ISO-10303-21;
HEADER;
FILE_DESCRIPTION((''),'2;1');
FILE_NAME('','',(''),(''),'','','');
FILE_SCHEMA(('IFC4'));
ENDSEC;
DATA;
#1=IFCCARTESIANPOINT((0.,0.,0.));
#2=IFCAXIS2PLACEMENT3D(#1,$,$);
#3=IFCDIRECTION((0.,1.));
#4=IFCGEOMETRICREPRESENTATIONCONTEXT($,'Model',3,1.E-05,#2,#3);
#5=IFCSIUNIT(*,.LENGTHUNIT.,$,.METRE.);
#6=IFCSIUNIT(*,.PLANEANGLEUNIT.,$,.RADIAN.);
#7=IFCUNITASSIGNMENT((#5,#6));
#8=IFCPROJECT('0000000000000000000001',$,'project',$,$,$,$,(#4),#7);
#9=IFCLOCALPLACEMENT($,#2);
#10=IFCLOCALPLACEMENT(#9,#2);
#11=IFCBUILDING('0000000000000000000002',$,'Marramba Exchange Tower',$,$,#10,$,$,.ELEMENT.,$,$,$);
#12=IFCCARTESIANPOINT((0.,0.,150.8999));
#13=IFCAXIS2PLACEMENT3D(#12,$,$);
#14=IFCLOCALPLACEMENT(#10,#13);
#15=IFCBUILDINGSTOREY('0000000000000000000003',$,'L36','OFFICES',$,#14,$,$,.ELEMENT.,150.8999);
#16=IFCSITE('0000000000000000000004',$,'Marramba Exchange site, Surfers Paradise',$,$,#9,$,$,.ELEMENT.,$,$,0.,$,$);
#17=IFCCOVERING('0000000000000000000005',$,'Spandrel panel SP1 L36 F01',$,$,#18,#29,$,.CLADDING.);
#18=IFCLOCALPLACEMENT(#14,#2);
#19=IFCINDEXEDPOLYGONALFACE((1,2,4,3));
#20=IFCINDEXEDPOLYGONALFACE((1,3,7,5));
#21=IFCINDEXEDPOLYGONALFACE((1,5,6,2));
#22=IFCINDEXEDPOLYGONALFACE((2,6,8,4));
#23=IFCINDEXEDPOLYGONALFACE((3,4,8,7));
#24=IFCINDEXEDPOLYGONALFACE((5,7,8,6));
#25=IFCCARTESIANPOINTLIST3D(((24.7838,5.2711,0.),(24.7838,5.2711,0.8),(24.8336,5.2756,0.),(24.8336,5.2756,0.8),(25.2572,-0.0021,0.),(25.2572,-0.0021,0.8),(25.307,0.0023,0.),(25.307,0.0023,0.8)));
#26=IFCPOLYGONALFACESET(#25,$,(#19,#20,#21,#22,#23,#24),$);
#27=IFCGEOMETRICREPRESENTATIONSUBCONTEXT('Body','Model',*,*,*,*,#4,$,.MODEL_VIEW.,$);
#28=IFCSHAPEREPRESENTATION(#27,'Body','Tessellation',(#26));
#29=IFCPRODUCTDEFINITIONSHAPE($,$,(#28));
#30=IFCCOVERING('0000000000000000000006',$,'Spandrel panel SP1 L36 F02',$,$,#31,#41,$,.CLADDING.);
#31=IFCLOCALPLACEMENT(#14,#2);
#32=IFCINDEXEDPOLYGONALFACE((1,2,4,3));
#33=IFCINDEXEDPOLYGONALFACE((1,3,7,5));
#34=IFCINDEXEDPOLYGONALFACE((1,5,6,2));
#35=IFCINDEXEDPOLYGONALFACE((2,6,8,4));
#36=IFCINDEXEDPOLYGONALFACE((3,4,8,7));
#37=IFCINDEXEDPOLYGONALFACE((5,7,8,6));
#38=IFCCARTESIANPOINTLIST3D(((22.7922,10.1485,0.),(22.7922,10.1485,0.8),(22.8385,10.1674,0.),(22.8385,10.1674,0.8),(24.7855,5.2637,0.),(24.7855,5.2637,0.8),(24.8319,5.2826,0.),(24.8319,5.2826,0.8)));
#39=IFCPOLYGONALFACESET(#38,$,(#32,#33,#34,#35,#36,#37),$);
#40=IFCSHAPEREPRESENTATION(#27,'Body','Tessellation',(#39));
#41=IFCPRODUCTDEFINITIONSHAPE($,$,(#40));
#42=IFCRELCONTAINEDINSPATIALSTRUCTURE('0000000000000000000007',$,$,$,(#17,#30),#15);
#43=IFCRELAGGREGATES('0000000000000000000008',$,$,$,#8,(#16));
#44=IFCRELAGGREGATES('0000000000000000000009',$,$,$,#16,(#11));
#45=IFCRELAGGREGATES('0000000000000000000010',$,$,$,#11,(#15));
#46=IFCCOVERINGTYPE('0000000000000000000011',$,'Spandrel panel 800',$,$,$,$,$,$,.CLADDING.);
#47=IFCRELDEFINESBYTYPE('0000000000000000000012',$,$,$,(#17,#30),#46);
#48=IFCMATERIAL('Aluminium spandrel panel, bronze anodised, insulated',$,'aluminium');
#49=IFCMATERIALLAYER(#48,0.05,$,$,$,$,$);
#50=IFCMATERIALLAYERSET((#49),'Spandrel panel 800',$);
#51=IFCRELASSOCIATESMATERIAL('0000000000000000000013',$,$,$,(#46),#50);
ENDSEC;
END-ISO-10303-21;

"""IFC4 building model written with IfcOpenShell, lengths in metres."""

from ifc_helpers import new_model, si_unit, direction, frame, origin, origin_2d, place, context, subcontext, project, spatial, rectangle, extrude, material, layer, layer_set, type_object, element, save


model = new_model("IFC4")

# Units and contexts
model_context = context("Model", 3, precision=1e-05, world=origin(), true_north=direction((0.0, 1.0)))
body_context = subcontext(model_context, "Body", "Model", "MODEL_VIEW")
ifc_project = project(units=[si_unit("LENGTHUNIT", "METRE"), si_unit("PLANEANGLEUNIT", "RADIAN")], contexts=[model_context])

# Site, building, storey
site_placement = place(None, origin())
site = spatial("IfcSite", under=ifc_project, at=site_placement, Name="Marramba Exchange site, Surfers Paradise", CompositionType="ELEMENT", RefElevation=0.0)
building_placement = place(site_placement, origin())
building = spatial("IfcBuilding", under=site, at=building_placement, Name="Marramba Exchange Tower", CompositionType="ELEMENT")
storey_placement = place(building_placement, frame((0.0, 0.0, 150.8999)))
storey = spatial("IfcBuildingStorey", under=building, at=storey_placement, Name="L36", Description="OFFICES", CompositionType="ELEMENT", Elevation=150.8999)

# Coverings
ifc_material_1 = material(Name="Aluminium spandrel panel, bronze anodised, insulated", Category="aluminium")
ifc_layer_1 = layer(ifc_material_1, 0.05)
ifc_layer_set_1 = layer_set([ifc_layer_1], Name="Spandrel panel 800")
covering_type = type_object("IfcCoveringType", Name="Spandrel panel 800", PredefinedType="CLADDING", material=ifc_layer_set_1)
covering_1_placement = place(storey_placement, frame((25.0454, 2.6367, 0.0), z_axis=(0.0, 0.0, 1.0), x_axis=(-0.089413, 0.995995, 0.0)))
element("IfcCovering", 1, at=covering_1_placement, inside=storey, type_object=covering_type, Name="Spandrel panel SP1 L36 F01", PredefinedType="CLADDING", context=body_context, shape_type="SweptSolid", body=[
    extrude(rectangle(XDim=5.2944, YDim=0.05, at=origin_2d()), origin(), (0.0, 0.0, 1.0), 0.8),
])
covering_2_placement = place(storey_placement, frame((23.812, 7.7156, 0.0), z_axis=(0.0, 0.0, 1.0), x_axis=(-0.377821, 0.925879, 0.0)))
element("IfcCovering", 2, at=covering_2_placement, inside=storey, type_object=covering_type, Name="Spandrel panel SP1 L36 F02", PredefinedType="CLADDING", context=body_context, shape_type="SweptSolid", body=[
    extrude(rectangle(XDim=5.2759, YDim=0.05, at=origin_2d()), origin(), (0.0, 0.0, 1.0), 0.8),
])

save(model, "model.ifc")
